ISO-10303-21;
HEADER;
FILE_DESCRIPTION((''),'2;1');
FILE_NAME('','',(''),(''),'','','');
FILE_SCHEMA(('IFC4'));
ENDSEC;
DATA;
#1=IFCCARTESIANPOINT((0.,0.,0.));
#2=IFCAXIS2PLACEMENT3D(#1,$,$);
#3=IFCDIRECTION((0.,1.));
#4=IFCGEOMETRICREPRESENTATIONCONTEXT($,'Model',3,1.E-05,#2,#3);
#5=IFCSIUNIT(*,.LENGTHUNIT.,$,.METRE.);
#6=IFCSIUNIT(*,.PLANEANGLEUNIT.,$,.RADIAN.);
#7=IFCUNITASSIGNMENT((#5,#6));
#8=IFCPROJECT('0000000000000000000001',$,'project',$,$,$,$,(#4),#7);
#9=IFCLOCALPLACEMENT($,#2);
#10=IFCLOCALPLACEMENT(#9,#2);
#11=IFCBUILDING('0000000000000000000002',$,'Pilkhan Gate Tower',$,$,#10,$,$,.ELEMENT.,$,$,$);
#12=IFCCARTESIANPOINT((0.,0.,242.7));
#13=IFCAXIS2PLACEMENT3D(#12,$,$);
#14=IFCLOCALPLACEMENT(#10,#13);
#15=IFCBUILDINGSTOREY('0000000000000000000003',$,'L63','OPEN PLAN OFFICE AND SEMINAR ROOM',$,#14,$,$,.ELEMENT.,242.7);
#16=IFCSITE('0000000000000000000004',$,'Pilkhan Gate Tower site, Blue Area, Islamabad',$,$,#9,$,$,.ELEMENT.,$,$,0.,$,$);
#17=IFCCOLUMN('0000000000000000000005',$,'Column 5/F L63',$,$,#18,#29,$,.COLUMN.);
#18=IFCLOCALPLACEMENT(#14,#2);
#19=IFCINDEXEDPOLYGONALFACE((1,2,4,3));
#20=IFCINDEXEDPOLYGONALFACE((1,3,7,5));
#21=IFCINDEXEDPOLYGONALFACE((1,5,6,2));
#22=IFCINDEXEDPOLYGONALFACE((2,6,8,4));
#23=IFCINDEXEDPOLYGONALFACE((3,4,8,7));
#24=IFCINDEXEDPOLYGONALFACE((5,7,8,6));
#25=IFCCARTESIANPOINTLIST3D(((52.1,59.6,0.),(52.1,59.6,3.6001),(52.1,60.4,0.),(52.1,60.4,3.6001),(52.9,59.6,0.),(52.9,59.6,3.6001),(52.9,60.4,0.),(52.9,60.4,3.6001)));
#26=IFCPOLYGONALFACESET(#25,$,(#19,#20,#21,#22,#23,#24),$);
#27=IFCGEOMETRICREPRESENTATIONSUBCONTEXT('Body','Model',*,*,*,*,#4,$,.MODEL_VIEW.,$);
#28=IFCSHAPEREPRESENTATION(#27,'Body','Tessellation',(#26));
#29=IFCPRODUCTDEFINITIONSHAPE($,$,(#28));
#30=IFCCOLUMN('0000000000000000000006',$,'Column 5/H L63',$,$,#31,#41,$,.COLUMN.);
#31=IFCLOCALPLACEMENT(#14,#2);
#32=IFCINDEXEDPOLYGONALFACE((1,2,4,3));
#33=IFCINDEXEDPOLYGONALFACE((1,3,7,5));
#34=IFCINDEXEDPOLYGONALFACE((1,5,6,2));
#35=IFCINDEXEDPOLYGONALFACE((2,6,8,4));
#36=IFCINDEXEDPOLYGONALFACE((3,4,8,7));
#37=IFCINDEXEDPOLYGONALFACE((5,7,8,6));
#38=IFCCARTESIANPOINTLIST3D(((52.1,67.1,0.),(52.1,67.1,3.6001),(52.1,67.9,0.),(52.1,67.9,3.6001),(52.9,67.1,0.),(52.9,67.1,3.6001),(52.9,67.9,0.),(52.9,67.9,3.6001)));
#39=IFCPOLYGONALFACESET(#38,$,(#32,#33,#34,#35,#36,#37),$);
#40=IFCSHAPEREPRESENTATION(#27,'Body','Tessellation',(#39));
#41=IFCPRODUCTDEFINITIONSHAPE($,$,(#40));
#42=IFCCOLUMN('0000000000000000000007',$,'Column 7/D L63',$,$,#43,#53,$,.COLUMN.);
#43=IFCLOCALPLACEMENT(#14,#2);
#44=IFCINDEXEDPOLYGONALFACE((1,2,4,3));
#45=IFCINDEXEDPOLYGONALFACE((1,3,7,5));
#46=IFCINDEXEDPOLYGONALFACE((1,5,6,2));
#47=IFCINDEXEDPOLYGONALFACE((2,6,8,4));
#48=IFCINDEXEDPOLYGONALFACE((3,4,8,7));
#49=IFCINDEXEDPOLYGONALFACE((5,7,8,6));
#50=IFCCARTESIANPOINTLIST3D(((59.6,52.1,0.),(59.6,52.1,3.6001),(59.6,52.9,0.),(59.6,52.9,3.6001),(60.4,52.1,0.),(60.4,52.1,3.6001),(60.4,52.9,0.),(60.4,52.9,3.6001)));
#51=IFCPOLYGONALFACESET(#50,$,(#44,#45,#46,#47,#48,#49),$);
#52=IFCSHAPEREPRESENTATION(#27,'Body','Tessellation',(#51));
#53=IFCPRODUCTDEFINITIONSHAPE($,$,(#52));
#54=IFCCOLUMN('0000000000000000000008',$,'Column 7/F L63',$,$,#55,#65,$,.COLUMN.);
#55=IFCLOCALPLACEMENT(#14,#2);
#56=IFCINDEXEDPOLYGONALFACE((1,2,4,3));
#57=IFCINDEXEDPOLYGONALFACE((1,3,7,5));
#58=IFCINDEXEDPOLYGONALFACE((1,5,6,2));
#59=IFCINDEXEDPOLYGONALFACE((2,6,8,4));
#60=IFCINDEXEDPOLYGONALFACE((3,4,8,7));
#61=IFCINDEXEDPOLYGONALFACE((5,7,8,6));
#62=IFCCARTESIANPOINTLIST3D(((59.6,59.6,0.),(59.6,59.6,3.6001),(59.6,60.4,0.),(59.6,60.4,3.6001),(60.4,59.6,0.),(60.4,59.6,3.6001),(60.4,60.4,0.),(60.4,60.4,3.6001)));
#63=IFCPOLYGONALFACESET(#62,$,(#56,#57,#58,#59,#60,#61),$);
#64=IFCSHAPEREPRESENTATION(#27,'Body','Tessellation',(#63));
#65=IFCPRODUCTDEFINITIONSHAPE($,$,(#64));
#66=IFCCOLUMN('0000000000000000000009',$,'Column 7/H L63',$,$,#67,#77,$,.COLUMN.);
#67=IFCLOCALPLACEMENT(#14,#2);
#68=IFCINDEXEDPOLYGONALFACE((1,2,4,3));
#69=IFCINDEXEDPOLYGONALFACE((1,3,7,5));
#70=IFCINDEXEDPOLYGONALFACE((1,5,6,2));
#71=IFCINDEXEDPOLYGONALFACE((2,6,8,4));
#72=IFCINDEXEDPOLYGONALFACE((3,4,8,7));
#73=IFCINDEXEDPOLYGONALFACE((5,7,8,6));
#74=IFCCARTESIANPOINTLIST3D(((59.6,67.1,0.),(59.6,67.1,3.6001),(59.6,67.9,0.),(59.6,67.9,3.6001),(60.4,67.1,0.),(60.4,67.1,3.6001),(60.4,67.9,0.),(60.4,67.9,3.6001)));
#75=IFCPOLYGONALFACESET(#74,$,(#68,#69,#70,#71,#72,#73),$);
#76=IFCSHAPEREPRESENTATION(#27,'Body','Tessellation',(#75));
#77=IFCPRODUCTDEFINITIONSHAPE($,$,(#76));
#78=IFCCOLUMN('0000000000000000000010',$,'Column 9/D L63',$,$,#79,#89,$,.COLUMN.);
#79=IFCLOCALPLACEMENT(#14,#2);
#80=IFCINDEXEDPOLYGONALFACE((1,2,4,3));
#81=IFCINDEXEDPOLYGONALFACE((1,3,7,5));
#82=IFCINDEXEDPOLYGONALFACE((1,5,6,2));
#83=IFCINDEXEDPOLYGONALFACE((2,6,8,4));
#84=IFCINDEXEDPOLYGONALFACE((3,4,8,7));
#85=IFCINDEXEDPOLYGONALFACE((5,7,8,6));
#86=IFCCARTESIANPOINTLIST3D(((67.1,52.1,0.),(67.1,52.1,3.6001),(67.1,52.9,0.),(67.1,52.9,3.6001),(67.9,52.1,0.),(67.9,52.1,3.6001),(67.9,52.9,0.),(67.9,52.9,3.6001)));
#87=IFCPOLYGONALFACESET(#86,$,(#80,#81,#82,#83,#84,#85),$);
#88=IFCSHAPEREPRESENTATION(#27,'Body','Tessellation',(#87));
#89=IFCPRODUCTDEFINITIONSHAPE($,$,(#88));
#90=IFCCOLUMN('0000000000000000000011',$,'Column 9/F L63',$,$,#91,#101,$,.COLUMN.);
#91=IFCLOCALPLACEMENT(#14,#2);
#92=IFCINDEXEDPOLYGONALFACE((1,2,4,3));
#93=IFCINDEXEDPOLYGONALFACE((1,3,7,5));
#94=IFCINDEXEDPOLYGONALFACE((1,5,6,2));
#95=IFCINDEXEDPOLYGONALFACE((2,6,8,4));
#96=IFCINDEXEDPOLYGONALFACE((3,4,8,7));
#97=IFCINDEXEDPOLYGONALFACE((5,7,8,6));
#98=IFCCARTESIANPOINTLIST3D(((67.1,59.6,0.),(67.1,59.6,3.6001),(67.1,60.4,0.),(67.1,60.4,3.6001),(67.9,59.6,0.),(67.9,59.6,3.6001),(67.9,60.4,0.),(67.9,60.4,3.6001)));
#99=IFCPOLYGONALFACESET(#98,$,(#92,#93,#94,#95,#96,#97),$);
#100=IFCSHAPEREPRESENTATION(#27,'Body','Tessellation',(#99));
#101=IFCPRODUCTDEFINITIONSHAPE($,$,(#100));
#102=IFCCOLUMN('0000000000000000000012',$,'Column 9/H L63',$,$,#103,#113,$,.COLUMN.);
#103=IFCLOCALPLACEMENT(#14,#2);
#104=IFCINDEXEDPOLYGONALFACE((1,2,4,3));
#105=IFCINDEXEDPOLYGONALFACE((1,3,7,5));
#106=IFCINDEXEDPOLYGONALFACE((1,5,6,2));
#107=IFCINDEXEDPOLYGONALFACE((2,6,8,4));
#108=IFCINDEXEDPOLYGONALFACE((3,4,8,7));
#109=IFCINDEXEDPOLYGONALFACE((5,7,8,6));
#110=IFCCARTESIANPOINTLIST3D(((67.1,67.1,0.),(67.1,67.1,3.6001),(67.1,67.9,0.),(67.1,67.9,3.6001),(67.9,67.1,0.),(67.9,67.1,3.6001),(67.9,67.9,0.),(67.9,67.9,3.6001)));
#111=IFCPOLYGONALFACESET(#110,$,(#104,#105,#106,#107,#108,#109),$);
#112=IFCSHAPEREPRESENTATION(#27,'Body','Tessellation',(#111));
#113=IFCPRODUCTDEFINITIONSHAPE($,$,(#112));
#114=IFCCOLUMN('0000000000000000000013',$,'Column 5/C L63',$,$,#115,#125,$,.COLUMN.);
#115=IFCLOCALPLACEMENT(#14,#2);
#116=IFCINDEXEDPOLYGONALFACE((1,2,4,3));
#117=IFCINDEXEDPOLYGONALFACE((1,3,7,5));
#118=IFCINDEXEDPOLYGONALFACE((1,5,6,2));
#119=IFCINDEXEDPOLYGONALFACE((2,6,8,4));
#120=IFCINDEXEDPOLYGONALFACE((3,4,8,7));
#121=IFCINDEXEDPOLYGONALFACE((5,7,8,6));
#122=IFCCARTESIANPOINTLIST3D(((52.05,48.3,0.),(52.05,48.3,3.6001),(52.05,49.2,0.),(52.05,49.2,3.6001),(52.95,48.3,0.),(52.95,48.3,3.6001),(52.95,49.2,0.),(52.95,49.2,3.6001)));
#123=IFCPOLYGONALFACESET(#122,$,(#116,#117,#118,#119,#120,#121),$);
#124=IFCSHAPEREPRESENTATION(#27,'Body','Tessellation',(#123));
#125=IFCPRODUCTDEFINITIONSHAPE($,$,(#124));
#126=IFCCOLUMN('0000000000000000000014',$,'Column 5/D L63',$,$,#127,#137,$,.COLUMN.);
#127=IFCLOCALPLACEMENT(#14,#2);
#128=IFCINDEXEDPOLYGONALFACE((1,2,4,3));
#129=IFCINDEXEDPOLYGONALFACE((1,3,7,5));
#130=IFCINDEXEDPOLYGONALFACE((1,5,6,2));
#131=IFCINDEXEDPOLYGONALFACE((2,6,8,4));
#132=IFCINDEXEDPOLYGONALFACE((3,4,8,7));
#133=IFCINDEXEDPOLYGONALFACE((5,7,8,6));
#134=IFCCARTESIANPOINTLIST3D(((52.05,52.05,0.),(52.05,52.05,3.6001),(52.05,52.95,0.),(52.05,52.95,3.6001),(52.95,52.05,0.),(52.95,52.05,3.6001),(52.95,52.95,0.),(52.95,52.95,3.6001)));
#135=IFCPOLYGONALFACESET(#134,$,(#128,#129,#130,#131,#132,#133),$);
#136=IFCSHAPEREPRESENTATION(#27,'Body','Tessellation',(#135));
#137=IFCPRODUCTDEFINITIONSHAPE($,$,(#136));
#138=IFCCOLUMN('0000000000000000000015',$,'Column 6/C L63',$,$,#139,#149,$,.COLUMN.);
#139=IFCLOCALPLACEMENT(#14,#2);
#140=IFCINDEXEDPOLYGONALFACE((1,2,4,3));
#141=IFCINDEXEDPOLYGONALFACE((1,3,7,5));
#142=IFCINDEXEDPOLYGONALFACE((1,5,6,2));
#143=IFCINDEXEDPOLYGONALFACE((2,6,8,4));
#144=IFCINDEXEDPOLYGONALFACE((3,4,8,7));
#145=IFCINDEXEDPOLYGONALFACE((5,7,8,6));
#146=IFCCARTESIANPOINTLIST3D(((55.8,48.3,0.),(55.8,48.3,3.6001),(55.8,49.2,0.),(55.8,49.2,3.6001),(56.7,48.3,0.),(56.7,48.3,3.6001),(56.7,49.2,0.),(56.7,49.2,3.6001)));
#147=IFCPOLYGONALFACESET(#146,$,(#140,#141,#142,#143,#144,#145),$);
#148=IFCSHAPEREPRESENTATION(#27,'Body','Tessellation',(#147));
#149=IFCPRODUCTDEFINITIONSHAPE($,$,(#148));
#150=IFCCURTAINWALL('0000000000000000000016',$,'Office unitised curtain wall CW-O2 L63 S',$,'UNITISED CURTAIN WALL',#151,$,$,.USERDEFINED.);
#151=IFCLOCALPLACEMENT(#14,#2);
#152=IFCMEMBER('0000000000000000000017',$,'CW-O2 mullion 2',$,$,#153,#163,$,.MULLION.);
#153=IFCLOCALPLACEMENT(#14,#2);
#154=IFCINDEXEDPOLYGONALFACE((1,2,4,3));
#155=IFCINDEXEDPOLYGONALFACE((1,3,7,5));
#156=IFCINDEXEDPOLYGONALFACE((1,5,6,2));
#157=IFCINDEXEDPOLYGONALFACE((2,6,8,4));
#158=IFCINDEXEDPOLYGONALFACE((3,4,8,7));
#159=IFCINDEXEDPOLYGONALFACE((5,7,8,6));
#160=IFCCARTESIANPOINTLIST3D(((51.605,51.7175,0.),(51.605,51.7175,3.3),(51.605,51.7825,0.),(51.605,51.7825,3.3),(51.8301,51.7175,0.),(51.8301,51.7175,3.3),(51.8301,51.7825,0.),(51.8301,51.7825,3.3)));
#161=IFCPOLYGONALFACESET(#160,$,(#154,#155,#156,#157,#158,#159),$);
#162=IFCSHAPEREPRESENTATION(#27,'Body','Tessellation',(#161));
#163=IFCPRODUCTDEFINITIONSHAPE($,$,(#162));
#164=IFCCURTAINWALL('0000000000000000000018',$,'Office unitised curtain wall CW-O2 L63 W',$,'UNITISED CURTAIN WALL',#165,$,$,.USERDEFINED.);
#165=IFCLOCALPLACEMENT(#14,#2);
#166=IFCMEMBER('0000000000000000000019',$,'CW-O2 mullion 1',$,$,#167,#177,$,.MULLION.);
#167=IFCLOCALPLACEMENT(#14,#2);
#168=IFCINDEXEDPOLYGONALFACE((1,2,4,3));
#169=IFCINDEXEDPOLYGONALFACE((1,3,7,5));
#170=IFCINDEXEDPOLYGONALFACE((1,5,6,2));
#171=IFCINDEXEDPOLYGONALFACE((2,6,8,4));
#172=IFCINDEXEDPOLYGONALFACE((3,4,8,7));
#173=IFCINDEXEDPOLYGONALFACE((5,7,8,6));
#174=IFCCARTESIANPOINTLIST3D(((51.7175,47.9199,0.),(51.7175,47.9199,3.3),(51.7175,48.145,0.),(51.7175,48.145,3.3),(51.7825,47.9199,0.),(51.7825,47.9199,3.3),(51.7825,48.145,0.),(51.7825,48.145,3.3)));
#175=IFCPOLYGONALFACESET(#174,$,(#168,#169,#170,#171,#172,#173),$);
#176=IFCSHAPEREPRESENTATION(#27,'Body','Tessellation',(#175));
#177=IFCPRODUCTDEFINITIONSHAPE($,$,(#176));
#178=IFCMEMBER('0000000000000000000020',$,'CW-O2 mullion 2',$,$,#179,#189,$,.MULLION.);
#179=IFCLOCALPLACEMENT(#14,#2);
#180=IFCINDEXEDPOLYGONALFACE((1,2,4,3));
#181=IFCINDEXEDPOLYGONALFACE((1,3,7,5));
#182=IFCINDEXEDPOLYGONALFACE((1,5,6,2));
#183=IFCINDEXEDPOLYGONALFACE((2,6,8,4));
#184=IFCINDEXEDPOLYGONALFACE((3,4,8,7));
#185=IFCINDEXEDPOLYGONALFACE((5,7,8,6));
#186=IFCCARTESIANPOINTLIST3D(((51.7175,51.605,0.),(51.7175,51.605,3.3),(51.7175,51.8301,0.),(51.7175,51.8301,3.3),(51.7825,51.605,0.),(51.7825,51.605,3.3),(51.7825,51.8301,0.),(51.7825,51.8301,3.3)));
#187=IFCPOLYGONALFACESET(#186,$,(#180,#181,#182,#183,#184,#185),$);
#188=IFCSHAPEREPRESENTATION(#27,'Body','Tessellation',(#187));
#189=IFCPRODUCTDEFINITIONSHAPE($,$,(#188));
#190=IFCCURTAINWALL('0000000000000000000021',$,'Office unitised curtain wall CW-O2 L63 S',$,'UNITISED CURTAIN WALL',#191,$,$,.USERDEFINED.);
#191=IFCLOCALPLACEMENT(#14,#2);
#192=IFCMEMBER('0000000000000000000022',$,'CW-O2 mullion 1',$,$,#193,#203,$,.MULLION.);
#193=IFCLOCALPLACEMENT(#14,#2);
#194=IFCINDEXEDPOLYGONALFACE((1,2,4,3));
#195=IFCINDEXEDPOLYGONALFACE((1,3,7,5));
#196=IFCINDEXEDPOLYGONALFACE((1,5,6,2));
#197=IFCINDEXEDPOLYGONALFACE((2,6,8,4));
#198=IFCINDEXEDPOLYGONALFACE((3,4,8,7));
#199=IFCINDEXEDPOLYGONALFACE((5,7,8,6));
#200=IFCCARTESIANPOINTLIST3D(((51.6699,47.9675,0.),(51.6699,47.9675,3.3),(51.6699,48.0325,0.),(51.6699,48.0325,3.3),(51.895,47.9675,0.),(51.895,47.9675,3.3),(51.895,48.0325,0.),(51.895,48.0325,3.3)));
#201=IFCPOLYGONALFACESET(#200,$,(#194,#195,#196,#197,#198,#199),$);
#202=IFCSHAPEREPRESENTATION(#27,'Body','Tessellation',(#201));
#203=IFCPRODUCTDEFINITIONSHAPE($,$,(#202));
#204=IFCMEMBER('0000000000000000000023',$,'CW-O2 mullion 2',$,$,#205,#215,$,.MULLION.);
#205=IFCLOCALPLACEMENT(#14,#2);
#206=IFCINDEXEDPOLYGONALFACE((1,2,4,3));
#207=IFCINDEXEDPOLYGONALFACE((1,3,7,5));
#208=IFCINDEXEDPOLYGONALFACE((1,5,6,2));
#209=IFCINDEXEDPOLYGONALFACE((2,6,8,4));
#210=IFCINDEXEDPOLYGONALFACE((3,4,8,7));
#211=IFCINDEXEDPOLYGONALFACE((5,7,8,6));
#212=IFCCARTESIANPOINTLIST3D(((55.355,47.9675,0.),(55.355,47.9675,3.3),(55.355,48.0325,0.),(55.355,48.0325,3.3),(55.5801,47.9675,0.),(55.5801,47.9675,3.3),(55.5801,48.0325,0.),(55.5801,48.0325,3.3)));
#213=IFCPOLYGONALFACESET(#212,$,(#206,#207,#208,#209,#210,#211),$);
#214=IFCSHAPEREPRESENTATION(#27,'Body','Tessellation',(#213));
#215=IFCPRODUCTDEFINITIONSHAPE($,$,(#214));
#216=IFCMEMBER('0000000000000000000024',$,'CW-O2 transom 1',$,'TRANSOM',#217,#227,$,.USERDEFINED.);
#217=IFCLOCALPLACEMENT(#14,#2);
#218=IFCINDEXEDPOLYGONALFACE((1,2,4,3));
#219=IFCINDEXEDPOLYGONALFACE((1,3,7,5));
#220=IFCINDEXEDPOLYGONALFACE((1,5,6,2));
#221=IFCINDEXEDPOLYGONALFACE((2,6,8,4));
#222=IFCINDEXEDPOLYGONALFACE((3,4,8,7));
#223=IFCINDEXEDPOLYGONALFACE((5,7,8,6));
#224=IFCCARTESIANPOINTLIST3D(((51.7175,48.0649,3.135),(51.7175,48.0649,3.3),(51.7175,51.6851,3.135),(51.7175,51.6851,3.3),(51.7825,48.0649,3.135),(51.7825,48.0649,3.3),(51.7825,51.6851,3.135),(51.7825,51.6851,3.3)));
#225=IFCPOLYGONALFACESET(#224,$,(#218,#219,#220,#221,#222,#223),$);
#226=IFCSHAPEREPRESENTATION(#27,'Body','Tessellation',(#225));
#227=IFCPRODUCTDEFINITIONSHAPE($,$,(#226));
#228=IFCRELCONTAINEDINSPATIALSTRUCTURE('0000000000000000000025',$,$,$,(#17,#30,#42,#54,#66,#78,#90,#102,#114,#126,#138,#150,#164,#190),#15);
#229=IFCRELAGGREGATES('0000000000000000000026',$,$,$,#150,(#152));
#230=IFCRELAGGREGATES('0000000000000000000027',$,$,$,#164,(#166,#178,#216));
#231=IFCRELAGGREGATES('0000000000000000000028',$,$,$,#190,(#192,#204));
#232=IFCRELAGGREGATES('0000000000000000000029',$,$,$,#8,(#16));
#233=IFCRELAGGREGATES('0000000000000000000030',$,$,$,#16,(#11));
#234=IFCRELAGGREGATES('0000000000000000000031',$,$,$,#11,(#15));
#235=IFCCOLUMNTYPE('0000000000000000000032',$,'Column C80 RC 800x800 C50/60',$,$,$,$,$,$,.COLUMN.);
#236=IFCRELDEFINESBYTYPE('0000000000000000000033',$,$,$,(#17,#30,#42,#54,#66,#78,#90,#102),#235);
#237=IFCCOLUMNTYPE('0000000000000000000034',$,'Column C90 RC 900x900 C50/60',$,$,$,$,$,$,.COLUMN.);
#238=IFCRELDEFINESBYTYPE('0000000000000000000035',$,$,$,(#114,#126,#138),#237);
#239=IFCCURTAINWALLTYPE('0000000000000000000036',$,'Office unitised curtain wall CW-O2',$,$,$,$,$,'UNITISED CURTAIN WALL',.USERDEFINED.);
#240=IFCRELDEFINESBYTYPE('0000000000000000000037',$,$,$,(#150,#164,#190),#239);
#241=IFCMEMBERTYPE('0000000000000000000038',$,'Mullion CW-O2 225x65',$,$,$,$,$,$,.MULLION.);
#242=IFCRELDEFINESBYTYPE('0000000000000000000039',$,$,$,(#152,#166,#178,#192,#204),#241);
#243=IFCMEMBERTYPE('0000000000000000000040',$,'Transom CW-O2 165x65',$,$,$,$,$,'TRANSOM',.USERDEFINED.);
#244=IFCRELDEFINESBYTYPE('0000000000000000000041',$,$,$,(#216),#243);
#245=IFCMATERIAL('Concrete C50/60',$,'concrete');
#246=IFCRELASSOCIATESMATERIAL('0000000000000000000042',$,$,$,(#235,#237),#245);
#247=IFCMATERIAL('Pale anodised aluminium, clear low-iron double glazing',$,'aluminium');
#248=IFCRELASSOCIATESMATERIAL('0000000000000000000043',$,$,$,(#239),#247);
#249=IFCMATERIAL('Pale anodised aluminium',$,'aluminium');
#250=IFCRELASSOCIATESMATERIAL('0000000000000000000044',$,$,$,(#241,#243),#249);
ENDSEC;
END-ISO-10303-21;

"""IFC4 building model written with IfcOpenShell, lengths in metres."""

from ifc_helpers import new_model, si_unit, direction, frame, origin, origin_2d, place, context, subcontext, project, spatial, rectangle, extrude, material, material_profile, profile_set, type_object, element, aggregate, save


model = new_model("IFC4")

# Units and contexts
model_context = context("Model", 3, precision=1e-05, world=origin(), true_north=direction((0.0, 1.0)))
body_context = subcontext(model_context, "Body", "Model", "MODEL_VIEW")
ifc_project = project(units=[si_unit("LENGTHUNIT", "METRE"), si_unit("PLANEANGLEUNIT", "RADIAN")], contexts=[model_context])

# Site, building, storey
site_placement = place(None, origin())
site = spatial("IfcSite", under=ifc_project, at=site_placement, Name="Pilkhan Gate Tower site, Blue Area, Islamabad", CompositionType="ELEMENT", RefElevation=0.0)
building_placement = place(site_placement, origin())
building = spatial("IfcBuilding", under=site, at=building_placement, Name="Pilkhan Gate Tower", CompositionType="ELEMENT")
storey_placement = place(building_placement, frame((0.0, 0.0, 242.7)))
storey = spatial("IfcBuildingStorey", under=building, at=storey_placement, Name="L63", Description="OPEN PLAN OFFICE AND SEMINAR ROOM", CompositionType="ELEMENT", Elevation=242.7)

# Columns
ifc_material_1 = material(Name="Concrete C50/60", Category="concrete")
ifc_material_profile_1 = material_profile(ifc_material_1, rectangle(XDim=0.8, YDim=0.8, at=origin_2d()), Name="RC 800x800")
ifc_profile_set_1 = profile_set([ifc_material_profile_1], Name="Concrete C50/60")
column_type_1 = type_object("IfcColumnType", Name="Column C80 RC 800x800 C50/60", PredefinedType="COLUMN", material=ifc_profile_set_1)
for number, where, z_axis, x_axis, name in (
    (1, (52.5, 60.0, 0.0), (0.0, 0.0, 1.0), (1.0, 0.0, 0.0), "Column 5/F L63"),
    (2, (52.5, 67.5, 0.0), (0.0, 0.0, 1.0), (1.0, 0.0, 0.0), "Column 5/H L63"),
    (3, (60.0, 52.5, 0.0), (0.0, 0.0, 1.0), (1.0, 0.0, 0.0), "Column 7/D L63"),
    (4, (60.0, 60.0, 0.0), (0.0, 0.0, 1.0), (1.0, 0.0, 0.0), "Column 7/F L63"),
    (5, (60.0, 67.5, 0.0), (0.0, 0.0, 1.0), (1.0, 0.0, 0.0), "Column 7/H L63"),
    (6, (67.5, 52.5, 0.0), (0.0, 0.0, 1.0), (1.0, 0.0, 0.0), "Column 9/D L63"),
    (7, (67.5, 60.0, 0.0), (0.0, 0.0, 1.0), (1.0, 0.0, 0.0), "Column 9/F L63"),
    (8, (67.5, 67.5, 0.0), (0.0, 0.0, 1.0), (1.0, 0.0, 0.0), "Column 9/H L63"),
):
    element("IfcColumn", number, at=place(storey_placement, frame(where, z_axis=z_axis, x_axis=x_axis)), inside=storey, type_object=column_type_1, Name=name, PredefinedType="COLUMN", context=body_context, shape_type="SweptSolid", body=[
        extrude(rectangle(XDim=0.8, YDim=0.8, at=origin_2d()), origin(), (0.0, 0.0, 1.0), 3.6001),
    ])
ifc_material_profile_2 = material_profile(ifc_material_1, rectangle(XDim=0.8999, YDim=0.8999, at=origin_2d()), Name="RC 900x900")
ifc_profile_set_2 = profile_set([ifc_material_profile_2], Name="Concrete C50/60")
column_type_2 = type_object("IfcColumnType", Name="Column C90 RC 900x900 C50/60", PredefinedType="COLUMN", material=ifc_profile_set_2)
for number, where, z_axis, x_axis, name in (
    (9, (52.5, 48.75, 0.0), (0.0, 0.0, 1.0), (1.0, 0.0, 0.0), "Column 5/C L63"),
    (10, (52.5, 52.5, 0.0), (0.0, 0.0, 1.0), (1.0, 0.0, 0.0), "Column 5/D L63"),
    (11, (56.25, 48.75, 0.0), (0.0, 0.0, 1.0), (1.0, 0.0, 0.0), "Column 6/C L63"),
):
    element("IfcColumn", number, at=place(storey_placement, frame(where, z_axis=z_axis, x_axis=x_axis)), inside=storey, type_object=column_type_2, Name=name, PredefinedType="COLUMN", context=body_context, shape_type="SweptSolid", body=[
        extrude(rectangle(XDim=0.8999, YDim=0.8999, at=origin_2d()), origin(), (0.0, 0.0, 1.0), 3.6001),
    ])

# Curtain wall, member
ifc_material_2 = material(Name="Pale anodised aluminium, clear low-iron double glazing", Category="aluminium")
curtain_wall_type = type_object("IfcCurtainWallType", Name="Office unitised curtain wall CW-O2", ElementType="UNITISED CURTAIN WALL", PredefinedType="USERDEFINED", material=ifc_material_2)
curtain_wall_1_placement = place(storey_placement, origin())
curtain_wall_1 = element("IfcCurtainWall", 12, at=curtain_wall_1_placement, inside=storey, type_object=curtain_wall_type, Name="Office unitised curtain wall CW-O2 L63 S", ObjectType="UNITISED CURTAIN WALL", PredefinedType="USERDEFINED")
ifc_material_3 = material(Name="Pale anodised aluminium", Category="aluminium")
ifc_material_profile_3 = material_profile(ifc_material_3, rectangle(XDim=0.0649, YDim=0.2251, at=origin_2d()), Name="Mullion 225x65")
ifc_profile_set_3 = profile_set([ifc_material_profile_3], Name="Pale anodised aluminium")
member_type_1 = type_object("IfcMemberType", Name="Mullion CW-O2 225x65", PredefinedType="MULLION", material=ifc_profile_set_3)
member_1_placement = place(storey_placement, frame((51.7175, 51.75, 0.0), z_axis=(0.0, 0.0, 1.0), x_axis=(0.0, 1.0, 0.0)))
member_1 = element("IfcMember", 13, at=member_1_placement, type_object=member_type_1, Name="CW-O2 mullion 2", PredefinedType="MULLION", context=body_context, shape_type="SweptSolid", body=[
    extrude(rectangle(XDim=0.0649, YDim=0.2251, at=origin_2d()), origin(), (0.0, 0.0, 1.0), 3.3),
])
aggregate(curtain_wall_1, [member_1])

# Curtain walls, members
curtain_wall_2_placement = place(storey_placement, origin())
curtain_wall_2 = element("IfcCurtainWall", 14, at=curtain_wall_2_placement, inside=storey, type_object=curtain_wall_type, Name="Office unitised curtain wall CW-O2 L63 W", ObjectType="UNITISED CURTAIN WALL", PredefinedType="USERDEFINED")
member_2_placement = place(storey_placement, frame((51.75, 48.0325, 0.0), z_axis=(0.0, 0.0, 1.0), x_axis=(-1.0, 0.0, 0.0)))
member_2 = element("IfcMember", 15, at=member_2_placement, type_object=member_type_1, Name="CW-O2 mullion 1", PredefinedType="MULLION", context=body_context, shape_type="SweptSolid", body=[
    extrude(rectangle(XDim=0.0649, YDim=0.2251, at=origin_2d()), origin(), (0.0, 0.0, 1.0), 3.3),
])
member_3_placement = place(storey_placement, frame((51.75, 51.7175, 0.0), z_axis=(0.0, 0.0, 1.0), x_axis=(-1.0, 0.0, 0.0)))
member_3 = element("IfcMember", 16, at=member_3_placement, type_object=member_type_1, Name="CW-O2 mullion 2", PredefinedType="MULLION", context=body_context, shape_type="SweptSolid", body=[
    extrude(rectangle(XDim=0.0649, YDim=0.2251, at=origin_2d()), origin(), (0.0, 0.0, 1.0), 3.3),
])
curtain_wall_3_placement = place(storey_placement, origin())
curtain_wall_3 = element("IfcCurtainWall", 17, at=curtain_wall_3_placement, inside=storey, type_object=curtain_wall_type, Name="Office unitised curtain wall CW-O2 L63 S", ObjectType="UNITISED CURTAIN WALL", PredefinedType="USERDEFINED")
member_4_placement = place(storey_placement, frame((51.7825, 48.0, 0.0), z_axis=(0.0, 0.0, 1.0), x_axis=(0.0, 1.0, 0.0)))
member_4 = element("IfcMember", 18, at=member_4_placement, type_object=member_type_1, Name="CW-O2 mullion 1", PredefinedType="MULLION", context=body_context, shape_type="SweptSolid", body=[
    extrude(rectangle(XDim=0.0649, YDim=0.2251, at=origin_2d()), origin(), (0.0, 0.0, 1.0), 3.3),
])
member_5_placement = place(storey_placement, frame((55.4675, 48.0, 0.0), z_axis=(0.0, 0.0, 1.0), x_axis=(0.0, 1.0, 0.0)))
member_5 = element("IfcMember", 19, at=member_5_placement, type_object=member_type_1, Name="CW-O2 mullion 2", PredefinedType="MULLION", context=body_context, shape_type="SweptSolid", body=[
    extrude(rectangle(XDim=0.0649, YDim=0.2251, at=origin_2d()), origin(), (0.0, 0.0, 1.0), 3.3),
])

# Member
ifc_material_profile_4 = material_profile(ifc_material_3, rectangle(XDim=0.0649, YDim=0.165, at=origin_2d()), Name="Transom 165x65")
ifc_profile_set_4 = profile_set([ifc_material_profile_4], Name="Pale anodised aluminium")
member_type_2 = type_object("IfcMemberType", Name="Transom CW-O2 165x65", ElementType="TRANSOM", PredefinedType="USERDEFINED", material=ifc_profile_set_4)
member_6_placement = place(storey_placement, frame((51.75, 48.0649, 3.2175), z_axis=(0.0, 1.0, 0.0), x_axis=(-1.0, 0.0, 0.0)))
member_6 = element("IfcMember", 20, at=member_6_placement, type_object=member_type_2, Name="CW-O2 transom 1", ObjectType="TRANSOM", PredefinedType="USERDEFINED", context=body_context, shape_type="SweptSolid", body=[
    extrude(rectangle(XDim=0.0649, YDim=0.165, at=origin_2d()), origin(), (0.0, 0.0, 1.0), 3.6201),
])

aggregate(curtain_wall_2, [member_2, member_3, member_6])
aggregate(curtain_wall_3, [member_4, member_5])

save(model, "model.ifc")
